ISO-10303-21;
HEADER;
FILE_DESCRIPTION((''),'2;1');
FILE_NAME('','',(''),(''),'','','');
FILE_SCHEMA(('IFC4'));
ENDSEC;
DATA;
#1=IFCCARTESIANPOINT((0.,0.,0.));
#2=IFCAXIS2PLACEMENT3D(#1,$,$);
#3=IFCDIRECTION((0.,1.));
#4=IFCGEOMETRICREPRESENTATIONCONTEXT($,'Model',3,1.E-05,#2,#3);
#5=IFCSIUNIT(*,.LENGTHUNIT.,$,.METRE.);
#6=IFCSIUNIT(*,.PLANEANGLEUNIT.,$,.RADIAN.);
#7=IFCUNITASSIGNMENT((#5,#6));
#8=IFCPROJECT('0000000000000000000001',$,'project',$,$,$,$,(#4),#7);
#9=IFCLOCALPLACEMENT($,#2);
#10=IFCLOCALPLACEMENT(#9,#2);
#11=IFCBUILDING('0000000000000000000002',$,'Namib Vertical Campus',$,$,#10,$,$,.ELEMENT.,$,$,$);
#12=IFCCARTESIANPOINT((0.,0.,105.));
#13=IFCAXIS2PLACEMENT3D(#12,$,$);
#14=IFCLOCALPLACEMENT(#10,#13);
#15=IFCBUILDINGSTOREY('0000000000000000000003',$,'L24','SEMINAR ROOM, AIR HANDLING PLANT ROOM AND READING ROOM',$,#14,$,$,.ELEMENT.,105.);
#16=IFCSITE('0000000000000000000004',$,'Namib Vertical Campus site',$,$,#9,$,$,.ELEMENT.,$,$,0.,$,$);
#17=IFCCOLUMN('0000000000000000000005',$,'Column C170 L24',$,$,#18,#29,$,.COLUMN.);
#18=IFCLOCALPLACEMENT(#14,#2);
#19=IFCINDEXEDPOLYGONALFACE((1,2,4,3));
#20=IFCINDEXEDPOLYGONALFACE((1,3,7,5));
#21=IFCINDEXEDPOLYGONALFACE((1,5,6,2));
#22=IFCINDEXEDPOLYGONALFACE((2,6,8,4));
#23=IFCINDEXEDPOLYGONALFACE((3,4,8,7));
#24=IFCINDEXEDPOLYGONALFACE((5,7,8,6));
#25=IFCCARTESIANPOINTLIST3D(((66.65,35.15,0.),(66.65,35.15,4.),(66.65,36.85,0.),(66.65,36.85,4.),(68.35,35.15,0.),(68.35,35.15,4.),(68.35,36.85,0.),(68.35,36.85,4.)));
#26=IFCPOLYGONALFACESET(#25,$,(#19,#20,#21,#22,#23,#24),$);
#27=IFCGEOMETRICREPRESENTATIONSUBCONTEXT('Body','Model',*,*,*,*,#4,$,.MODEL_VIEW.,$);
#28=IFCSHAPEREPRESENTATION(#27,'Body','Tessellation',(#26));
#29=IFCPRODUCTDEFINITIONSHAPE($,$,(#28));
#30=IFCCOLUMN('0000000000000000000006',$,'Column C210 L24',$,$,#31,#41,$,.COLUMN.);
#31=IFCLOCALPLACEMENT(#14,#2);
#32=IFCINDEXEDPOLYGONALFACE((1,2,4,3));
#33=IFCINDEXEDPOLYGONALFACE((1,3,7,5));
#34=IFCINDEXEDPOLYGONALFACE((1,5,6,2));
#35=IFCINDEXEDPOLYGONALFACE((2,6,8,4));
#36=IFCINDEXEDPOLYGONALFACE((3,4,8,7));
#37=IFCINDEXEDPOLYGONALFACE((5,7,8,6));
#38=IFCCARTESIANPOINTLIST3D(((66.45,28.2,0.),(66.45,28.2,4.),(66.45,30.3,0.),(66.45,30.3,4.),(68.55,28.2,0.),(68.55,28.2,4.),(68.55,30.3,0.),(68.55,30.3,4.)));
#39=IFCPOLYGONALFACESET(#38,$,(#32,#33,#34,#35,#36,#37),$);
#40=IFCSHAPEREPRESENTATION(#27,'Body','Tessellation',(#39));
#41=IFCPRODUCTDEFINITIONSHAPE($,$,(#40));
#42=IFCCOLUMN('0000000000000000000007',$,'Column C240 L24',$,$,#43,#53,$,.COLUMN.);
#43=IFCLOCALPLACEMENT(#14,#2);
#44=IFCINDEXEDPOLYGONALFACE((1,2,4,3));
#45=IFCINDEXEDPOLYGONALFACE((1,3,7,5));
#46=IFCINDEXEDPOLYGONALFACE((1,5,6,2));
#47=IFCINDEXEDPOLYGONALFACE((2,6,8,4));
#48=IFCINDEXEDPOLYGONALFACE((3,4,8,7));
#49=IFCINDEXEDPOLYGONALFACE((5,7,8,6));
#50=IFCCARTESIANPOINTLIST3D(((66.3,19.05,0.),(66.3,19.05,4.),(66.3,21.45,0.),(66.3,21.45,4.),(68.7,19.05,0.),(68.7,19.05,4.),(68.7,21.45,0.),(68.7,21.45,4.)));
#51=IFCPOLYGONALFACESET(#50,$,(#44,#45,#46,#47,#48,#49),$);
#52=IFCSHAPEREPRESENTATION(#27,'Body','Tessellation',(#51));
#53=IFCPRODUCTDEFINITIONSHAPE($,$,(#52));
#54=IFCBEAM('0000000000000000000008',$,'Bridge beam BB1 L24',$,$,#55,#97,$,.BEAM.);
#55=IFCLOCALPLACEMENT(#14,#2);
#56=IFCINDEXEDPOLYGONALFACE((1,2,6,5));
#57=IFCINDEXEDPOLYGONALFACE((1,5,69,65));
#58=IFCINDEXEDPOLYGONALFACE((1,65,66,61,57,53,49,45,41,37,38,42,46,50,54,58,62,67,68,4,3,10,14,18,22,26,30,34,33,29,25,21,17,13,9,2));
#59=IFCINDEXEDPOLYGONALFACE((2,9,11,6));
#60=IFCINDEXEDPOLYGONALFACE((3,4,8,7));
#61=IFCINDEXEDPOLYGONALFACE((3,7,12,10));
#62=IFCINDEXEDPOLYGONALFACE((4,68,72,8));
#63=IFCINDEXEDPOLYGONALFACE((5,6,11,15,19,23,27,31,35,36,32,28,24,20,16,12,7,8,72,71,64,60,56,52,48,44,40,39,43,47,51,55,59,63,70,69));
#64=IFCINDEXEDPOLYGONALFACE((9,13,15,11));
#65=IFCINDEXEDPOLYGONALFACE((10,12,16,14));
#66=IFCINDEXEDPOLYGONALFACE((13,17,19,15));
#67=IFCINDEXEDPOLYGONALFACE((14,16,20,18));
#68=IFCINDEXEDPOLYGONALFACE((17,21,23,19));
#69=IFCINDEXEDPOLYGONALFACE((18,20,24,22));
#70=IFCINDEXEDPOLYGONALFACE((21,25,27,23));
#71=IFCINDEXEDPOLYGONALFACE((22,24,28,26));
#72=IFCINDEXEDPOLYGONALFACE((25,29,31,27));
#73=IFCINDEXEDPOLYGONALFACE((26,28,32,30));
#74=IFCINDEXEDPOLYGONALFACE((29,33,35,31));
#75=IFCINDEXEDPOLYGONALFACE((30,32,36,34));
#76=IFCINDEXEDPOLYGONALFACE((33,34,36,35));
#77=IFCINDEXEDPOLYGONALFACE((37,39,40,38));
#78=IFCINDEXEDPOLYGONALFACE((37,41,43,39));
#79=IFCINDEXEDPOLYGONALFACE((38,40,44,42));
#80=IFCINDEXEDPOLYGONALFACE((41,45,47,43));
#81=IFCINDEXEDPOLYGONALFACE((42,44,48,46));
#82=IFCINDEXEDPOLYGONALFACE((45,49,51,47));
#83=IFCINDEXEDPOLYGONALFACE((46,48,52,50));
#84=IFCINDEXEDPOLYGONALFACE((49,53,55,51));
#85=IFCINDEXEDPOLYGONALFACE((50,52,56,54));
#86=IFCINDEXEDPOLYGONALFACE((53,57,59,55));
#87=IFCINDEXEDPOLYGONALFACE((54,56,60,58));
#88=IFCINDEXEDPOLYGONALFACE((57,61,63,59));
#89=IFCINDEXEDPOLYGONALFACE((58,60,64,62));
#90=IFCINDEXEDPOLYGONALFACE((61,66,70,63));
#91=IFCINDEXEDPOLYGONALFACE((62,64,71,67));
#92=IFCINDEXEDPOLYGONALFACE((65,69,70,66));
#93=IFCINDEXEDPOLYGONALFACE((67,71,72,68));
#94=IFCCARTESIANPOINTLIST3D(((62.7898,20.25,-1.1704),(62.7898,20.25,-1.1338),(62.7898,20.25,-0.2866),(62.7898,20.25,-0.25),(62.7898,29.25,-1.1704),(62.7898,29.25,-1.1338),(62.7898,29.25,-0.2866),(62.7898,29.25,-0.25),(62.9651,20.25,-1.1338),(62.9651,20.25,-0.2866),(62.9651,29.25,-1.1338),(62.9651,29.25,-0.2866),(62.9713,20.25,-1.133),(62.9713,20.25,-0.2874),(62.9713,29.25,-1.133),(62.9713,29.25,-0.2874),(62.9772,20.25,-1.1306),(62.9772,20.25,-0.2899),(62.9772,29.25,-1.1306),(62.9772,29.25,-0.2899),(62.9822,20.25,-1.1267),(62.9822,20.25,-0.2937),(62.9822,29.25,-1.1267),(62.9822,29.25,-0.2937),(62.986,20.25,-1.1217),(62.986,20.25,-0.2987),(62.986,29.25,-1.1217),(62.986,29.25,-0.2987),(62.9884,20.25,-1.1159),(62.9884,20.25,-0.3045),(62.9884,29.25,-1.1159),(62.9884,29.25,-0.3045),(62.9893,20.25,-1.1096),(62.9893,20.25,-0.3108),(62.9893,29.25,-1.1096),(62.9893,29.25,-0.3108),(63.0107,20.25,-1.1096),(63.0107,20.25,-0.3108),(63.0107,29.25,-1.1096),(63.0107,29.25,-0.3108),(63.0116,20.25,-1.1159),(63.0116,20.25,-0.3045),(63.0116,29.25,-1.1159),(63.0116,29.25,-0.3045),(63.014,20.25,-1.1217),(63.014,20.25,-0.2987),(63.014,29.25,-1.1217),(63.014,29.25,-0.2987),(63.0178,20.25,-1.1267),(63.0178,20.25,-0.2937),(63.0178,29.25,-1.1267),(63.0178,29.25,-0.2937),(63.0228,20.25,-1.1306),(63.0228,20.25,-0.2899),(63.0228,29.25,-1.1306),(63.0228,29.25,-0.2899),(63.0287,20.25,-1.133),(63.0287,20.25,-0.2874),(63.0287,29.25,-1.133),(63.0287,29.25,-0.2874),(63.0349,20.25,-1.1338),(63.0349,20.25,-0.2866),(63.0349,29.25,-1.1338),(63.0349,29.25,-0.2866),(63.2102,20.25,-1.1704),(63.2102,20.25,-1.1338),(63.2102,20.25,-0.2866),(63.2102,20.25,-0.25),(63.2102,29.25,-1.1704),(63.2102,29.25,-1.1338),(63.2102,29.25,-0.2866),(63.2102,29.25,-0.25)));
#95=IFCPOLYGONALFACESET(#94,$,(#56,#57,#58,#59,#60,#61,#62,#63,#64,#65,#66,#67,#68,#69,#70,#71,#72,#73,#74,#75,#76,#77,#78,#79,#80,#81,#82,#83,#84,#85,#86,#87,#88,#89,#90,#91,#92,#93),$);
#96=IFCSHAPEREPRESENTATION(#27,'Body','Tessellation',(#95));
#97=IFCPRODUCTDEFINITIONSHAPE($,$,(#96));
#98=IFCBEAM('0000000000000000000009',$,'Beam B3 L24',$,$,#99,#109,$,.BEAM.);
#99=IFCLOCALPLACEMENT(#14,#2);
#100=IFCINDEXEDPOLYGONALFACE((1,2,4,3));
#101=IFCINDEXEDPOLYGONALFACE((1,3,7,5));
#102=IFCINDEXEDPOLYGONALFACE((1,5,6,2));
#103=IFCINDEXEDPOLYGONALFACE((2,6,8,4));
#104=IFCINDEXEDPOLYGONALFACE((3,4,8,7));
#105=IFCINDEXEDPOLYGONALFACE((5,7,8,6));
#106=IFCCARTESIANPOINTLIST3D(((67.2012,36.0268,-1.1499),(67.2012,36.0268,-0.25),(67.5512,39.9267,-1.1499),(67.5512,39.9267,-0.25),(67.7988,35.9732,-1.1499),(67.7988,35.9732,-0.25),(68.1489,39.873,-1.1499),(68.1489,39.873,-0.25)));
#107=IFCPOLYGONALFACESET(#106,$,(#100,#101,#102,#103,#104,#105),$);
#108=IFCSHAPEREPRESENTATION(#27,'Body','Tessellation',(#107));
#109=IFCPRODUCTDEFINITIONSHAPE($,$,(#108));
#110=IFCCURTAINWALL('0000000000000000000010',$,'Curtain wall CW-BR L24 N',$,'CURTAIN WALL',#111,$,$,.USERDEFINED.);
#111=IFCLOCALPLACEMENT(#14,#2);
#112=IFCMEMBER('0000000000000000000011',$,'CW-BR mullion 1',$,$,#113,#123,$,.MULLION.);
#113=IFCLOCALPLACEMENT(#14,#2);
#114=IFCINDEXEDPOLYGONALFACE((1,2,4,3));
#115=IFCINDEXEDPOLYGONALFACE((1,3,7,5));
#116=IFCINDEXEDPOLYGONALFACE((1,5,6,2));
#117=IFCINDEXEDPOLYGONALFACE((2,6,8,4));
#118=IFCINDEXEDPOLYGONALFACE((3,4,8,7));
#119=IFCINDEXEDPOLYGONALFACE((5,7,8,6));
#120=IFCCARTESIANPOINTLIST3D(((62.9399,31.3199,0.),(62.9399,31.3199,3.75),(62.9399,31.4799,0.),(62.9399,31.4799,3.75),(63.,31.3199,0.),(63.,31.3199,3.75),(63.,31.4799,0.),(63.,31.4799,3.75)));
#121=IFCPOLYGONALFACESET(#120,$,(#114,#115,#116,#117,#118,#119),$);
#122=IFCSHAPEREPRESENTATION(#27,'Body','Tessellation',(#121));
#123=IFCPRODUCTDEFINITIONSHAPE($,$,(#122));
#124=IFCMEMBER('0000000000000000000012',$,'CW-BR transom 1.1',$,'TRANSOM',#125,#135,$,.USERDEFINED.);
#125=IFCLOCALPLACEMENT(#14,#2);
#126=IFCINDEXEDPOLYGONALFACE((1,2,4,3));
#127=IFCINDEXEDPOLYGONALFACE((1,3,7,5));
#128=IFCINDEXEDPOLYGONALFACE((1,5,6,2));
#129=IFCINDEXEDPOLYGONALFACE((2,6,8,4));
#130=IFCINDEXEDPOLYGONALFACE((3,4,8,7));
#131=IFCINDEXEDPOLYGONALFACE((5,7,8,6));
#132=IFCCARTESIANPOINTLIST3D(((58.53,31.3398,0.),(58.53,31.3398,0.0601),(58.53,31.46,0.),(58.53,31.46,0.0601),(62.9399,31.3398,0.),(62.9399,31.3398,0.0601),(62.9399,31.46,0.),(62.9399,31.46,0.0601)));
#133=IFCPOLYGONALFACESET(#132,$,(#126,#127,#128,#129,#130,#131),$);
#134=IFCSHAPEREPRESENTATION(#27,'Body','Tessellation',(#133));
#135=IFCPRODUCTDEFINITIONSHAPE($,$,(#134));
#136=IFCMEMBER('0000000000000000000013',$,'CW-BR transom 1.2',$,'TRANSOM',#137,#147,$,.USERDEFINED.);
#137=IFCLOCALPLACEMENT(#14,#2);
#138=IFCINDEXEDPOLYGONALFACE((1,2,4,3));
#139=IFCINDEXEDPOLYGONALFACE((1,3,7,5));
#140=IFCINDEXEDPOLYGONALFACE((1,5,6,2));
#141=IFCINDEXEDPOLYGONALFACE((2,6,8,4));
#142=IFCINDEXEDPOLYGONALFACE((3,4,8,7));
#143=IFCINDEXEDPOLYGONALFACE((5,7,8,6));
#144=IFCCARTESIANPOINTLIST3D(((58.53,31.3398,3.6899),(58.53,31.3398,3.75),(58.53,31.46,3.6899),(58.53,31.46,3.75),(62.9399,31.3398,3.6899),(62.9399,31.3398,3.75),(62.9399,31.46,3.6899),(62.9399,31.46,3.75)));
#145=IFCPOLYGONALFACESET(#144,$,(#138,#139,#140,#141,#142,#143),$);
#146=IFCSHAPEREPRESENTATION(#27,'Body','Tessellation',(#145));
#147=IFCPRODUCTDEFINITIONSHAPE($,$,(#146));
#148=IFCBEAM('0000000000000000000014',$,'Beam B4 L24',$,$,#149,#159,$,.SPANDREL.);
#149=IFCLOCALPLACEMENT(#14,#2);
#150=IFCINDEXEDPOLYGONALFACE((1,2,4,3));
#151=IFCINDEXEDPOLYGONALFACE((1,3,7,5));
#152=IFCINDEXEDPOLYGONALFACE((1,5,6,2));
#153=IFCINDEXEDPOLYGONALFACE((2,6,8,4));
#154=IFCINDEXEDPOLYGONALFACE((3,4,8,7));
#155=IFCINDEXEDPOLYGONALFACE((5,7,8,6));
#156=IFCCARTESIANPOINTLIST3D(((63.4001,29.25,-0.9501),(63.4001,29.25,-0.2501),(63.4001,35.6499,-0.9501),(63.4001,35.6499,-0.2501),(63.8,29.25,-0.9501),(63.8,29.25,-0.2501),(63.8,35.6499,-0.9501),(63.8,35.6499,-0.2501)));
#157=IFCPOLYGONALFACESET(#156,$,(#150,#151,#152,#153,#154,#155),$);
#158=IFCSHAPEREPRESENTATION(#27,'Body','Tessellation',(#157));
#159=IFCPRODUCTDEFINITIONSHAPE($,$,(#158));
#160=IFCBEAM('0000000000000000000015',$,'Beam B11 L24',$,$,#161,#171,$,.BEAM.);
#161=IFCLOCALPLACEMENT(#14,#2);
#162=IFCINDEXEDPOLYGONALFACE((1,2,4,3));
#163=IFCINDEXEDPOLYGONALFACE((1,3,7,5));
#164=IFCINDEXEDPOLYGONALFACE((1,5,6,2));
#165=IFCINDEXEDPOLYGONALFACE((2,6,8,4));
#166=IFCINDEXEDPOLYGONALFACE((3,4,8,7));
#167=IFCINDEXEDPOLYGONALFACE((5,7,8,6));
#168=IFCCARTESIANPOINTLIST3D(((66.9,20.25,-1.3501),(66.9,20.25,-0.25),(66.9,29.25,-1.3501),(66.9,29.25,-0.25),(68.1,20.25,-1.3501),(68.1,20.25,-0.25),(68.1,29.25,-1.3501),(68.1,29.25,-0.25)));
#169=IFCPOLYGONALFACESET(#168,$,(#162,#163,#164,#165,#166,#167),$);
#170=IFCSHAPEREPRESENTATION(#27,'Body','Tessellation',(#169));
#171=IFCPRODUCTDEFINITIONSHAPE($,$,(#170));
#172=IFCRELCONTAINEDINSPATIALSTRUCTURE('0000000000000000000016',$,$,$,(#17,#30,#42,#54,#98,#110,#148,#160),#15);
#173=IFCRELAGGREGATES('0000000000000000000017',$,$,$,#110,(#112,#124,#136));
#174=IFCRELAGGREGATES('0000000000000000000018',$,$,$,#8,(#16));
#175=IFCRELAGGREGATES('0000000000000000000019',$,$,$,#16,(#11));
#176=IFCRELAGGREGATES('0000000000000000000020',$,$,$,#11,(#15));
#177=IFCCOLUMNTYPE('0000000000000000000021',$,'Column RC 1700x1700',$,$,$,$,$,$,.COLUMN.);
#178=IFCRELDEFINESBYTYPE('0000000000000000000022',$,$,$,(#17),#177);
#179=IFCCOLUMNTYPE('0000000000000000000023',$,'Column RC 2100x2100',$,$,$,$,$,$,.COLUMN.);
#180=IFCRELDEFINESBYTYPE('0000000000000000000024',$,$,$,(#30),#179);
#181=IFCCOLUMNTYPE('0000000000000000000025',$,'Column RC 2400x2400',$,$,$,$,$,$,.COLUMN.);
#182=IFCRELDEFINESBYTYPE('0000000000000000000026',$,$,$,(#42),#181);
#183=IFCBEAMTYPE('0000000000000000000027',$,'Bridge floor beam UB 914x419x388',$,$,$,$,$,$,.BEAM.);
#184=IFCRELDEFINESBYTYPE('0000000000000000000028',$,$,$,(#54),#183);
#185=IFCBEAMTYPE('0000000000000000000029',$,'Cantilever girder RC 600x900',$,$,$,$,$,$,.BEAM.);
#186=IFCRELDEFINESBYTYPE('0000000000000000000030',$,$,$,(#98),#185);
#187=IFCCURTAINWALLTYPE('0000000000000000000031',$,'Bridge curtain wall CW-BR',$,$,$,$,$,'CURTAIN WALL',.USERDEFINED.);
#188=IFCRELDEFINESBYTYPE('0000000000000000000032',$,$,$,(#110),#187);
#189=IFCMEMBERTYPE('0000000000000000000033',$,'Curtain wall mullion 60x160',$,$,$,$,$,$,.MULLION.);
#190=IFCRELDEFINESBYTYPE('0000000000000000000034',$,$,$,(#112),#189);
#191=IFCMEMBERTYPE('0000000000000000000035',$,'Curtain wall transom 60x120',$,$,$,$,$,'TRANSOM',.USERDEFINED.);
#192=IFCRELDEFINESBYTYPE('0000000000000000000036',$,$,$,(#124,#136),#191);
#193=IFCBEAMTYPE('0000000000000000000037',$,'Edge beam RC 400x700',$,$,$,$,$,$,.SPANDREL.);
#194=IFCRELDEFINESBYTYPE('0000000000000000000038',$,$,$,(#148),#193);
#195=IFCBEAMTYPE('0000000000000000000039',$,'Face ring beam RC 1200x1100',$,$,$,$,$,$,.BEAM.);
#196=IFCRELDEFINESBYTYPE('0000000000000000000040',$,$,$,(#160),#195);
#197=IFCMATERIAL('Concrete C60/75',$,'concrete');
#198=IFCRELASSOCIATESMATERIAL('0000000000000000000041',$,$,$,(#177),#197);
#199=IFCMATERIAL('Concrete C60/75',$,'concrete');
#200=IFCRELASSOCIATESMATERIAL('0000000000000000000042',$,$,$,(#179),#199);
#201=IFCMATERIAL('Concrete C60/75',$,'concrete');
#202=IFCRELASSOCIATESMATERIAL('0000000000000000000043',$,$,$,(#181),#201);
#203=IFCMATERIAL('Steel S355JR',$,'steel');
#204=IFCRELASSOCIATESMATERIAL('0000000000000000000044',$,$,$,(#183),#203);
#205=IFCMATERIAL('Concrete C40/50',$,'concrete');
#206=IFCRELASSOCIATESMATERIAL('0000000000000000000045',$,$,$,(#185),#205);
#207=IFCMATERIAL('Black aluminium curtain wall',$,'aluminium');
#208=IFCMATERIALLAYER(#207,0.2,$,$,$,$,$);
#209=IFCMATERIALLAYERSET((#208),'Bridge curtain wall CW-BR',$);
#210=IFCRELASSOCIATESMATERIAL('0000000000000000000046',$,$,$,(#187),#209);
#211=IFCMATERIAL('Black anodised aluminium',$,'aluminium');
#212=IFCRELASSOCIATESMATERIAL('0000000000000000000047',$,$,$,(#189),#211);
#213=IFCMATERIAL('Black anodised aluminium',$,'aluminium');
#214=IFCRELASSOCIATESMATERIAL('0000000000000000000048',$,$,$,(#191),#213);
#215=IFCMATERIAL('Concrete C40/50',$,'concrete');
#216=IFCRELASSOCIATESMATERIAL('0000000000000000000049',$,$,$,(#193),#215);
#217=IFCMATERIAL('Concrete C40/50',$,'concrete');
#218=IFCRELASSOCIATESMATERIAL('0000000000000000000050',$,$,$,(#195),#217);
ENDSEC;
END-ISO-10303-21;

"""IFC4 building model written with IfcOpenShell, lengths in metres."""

from ifc_helpers import new_model, si_unit, direction, frame, origin, origin_2d, place, context, subcontext, project, spatial, rectangle, i_section, extrude, material, layer, layer_set, material_profile, profile_set, type_object, element, aggregate, save


model = new_model("IFC4")

# Units and contexts
model_context = context("Model", 3, precision=1e-05, world=origin(), true_north=direction((0.0, 1.0)))
body_context = subcontext(model_context, "Body", "Model", "MODEL_VIEW")
ifc_project = project(units=[si_unit("LENGTHUNIT", "METRE"), si_unit("PLANEANGLEUNIT", "RADIAN")], contexts=[model_context])

# Site, building, storey
site_placement = place(None, origin())
site = spatial("IfcSite", under=ifc_project, at=site_placement, Name="Namib Vertical Campus site", CompositionType="ELEMENT", RefElevation=0.0)
building_placement = place(site_placement, origin())
building = spatial("IfcBuilding", under=site, at=building_placement, Name="Namib Vertical Campus", CompositionType="ELEMENT")
storey_placement = place(building_placement, frame((0.0, 0.0, 105.0)))
storey = spatial("IfcBuildingStorey", under=building, at=storey_placement, Name="L24", Description="SEMINAR ROOM, AIR HANDLING PLANT ROOM AND READING ROOM", CompositionType="ELEMENT", Elevation=105.0)

# Columns
ifc_material_1 = material(Name="Concrete C60/75", Category="concrete")
ifc_material_profile_1 = material_profile(ifc_material_1, rectangle(XDim=1.7, YDim=1.7, at=origin_2d()))
ifc_profile_set_1 = profile_set([ifc_material_profile_1], Name="Concrete C60/75")
column_type_1 = type_object("IfcColumnType", Name="Column RC 1700x1700", PredefinedType="COLUMN", material=ifc_profile_set_1)
column_1_placement = place(storey_placement, frame((67.5, 36.0, 0.0), z_axis=(0.0, 0.0, 1.0), x_axis=(1.0, 0.0, 0.0)))
element("IfcColumn", 1, at=column_1_placement, inside=storey, type_object=column_type_1, Name="Column C170 L24", PredefinedType="COLUMN", context=body_context, shape_type="SweptSolid", body=[
    extrude(rectangle(XDim=1.7, YDim=1.7, at=origin_2d()), origin(), (0.0, 0.0, 1.0), 4.0),
])
ifc_material_2 = material(Name="Concrete C60/75", Category="concrete")
ifc_material_profile_2 = material_profile(ifc_material_2, rectangle(XDim=2.1001, YDim=2.1001, at=origin_2d()))
ifc_profile_set_2 = profile_set([ifc_material_profile_2], Name="Concrete C60/75")
column_type_2 = type_object("IfcColumnType", Name="Column RC 2100x2100", PredefinedType="COLUMN", material=ifc_profile_set_2)
column_2_placement = place(storey_placement, frame((67.5, 29.25, 0.0), z_axis=(0.0, 0.0, 1.0), x_axis=(1.0, 0.0, 0.0)))
element("IfcColumn", 2, at=column_2_placement, inside=storey, type_object=column_type_2, Name="Column C210 L24", PredefinedType="COLUMN", context=body_context, shape_type="SweptSolid", body=[
    extrude(rectangle(XDim=2.1001, YDim=2.1001, at=origin_2d()), origin(), (0.0, 0.0, 1.0), 4.0),
])
ifc_material_3 = material(Name="Concrete C60/75", Category="concrete")
ifc_material_profile_3 = material_profile(ifc_material_3, rectangle(XDim=2.3999, YDim=2.3999, at=origin_2d()))
ifc_profile_set_3 = profile_set([ifc_material_profile_3], Name="Concrete C60/75")
column_type_3 = type_object("IfcColumnType", Name="Column RC 2400x2400", PredefinedType="COLUMN", material=ifc_profile_set_3)
column_3_placement = place(storey_placement, frame((67.5, 20.25, 0.0), z_axis=(0.0, 0.0, 1.0), x_axis=(1.0, 0.0, 0.0)))
element("IfcColumn", 3, at=column_3_placement, inside=storey, type_object=column_type_3, Name="Column C240 L24", PredefinedType="COLUMN", context=body_context, shape_type="SweptSolid", body=[
    extrude(rectangle(XDim=2.3999, YDim=2.3999, at=origin_2d()), origin(), (0.0, 0.0, 1.0), 4.0),
])

# Beams
ifc_material_4 = material(Name="Steel S355JR", Category="steel")
ifc_material_profile_4 = material_profile(ifc_material_4, i_section(OverallWidth=0.4204, OverallDepth=0.9204, WebThickness=0.0215, FlangeThickness=0.0366, FilletRadius=0.0242, at=origin_2d()))
ifc_profile_set_4 = profile_set([ifc_material_profile_4], Name="Steel S355JR")
beam_type_1 = type_object("IfcBeamType", Name="Bridge floor beam UB 914x419x388", PredefinedType="BEAM", material=ifc_profile_set_4)
beam_1_placement = place(storey_placement, frame((63.0, 20.25, -0.7102), z_axis=(0.0, 1.0, 0.0), x_axis=(-1.0, 0.0, 0.0)))
element("IfcBeam", 4, at=beam_1_placement, inside=storey, type_object=beam_type_1, Name="Bridge beam BB1 L24", PredefinedType="BEAM", context=body_context, shape_type="SweptSolid", body=[
    extrude(i_section(OverallWidth=0.4204, OverallDepth=0.9204, WebThickness=0.0215, FlangeThickness=0.0366, FilletRadius=0.0242, at=origin_2d()), origin(), (0.0, 0.0, 1.0), 9.0),
])
ifc_material_5 = material(Name="Concrete C40/50", Category="concrete")
ifc_material_profile_5 = material_profile(ifc_material_5, rectangle(XDim=0.6001, YDim=0.8999, at=origin_2d()))
ifc_profile_set_5 = profile_set([ifc_material_profile_5], Name="Concrete C40/50")
beam_type_2 = type_object("IfcBeamType", Name="Cantilever girder RC 600x900", PredefinedType="BEAM", material=ifc_profile_set_5)
beam_2_placement = place(storey_placement, frame((67.5, 36.0, -0.7), z_axis=(0.089411, 0.995995, 0.0), x_axis=(-0.995995, 0.089411, 0.0)))
element("IfcBeam", 5, at=beam_2_placement, inside=storey, type_object=beam_type_2, Name="Beam B3 L24", PredefinedType="BEAM", context=body_context, shape_type="SweptSolid", body=[
    extrude(rectangle(XDim=0.6001, YDim=0.8999, at=origin_2d()), origin(), (0.0, 0.0, 1.0), 3.9155),
])

# Curtain wall, members
ifc_material_6 = material(Name="Black aluminium curtain wall", Category="aluminium")
ifc_layer_1 = layer(ifc_material_6, 0.2)
ifc_layer_set_1 = layer_set([ifc_layer_1], Name="Bridge curtain wall CW-BR")
curtain_wall_type = type_object("IfcCurtainWallType", Name="Bridge curtain wall CW-BR", ElementType="CURTAIN WALL", PredefinedType="USERDEFINED", material=ifc_layer_set_1)
curtain_wall_placement = place(storey_placement, origin())
curtain_wall = element("IfcCurtainWall", 6, at=curtain_wall_placement, inside=storey, type_object=curtain_wall_type, Name="Curtain wall CW-BR L24 N", ObjectType="CURTAIN WALL", PredefinedType="USERDEFINED")
ifc_material_7 = material(Name="Black anodised aluminium", Category="aluminium")
ifc_material_profile_6 = material_profile(ifc_material_7, rectangle(XDim=0.0601, YDim=0.1599, at=origin_2d()))
ifc_profile_set_6 = profile_set([ifc_material_profile_6], Name="Black anodised aluminium")
member_type_1 = type_object("IfcMemberType", Name="Curtain wall mullion 60x160", PredefinedType="MULLION", material=ifc_profile_set_6)
member_1_placement = place(storey_placement, frame((62.97, 31.3999, 0.0), z_axis=(0.0, 0.0, 1.0), x_axis=(-1.0, 0.0, 0.0)))
member_1 = element("IfcMember", 7, at=member_1_placement, type_object=member_type_1, Name="CW-BR mullion 1", PredefinedType="MULLION", context=body_context, shape_type="SweptSolid", body=[
    extrude(rectangle(XDim=0.0601, YDim=0.1599, at=origin_2d()), origin(), (0.0, 0.0, 1.0), 3.75),
])
ifc_material_8 = material(Name="Black anodised aluminium", Category="aluminium")
ifc_material_profile_7 = material_profile(ifc_material_8, rectangle(XDim=0.0601, YDim=0.1201, at=origin_2d()))
ifc_profile_set_7 = profile_set([ifc_material_profile_7], Name="Black anodised aluminium")
member_type_2 = type_object("IfcMemberType", Name="Curtain wall transom 60x120", ElementType="TRANSOM", PredefinedType="USERDEFINED", material=ifc_profile_set_7)
member_2_placement = place(storey_placement, frame((62.9399, 31.3999, 0.03), z_axis=(-1.0, 0.0, 0.0), x_axis=(0.0, 0.0, 1.0)))
member_2 = element("IfcMember", 8, at=member_2_placement, type_object=member_type_2, Name="CW-BR transom 1.1", ObjectType="TRANSOM", PredefinedType="USERDEFINED", context=body_context, shape_type="SweptSolid", body=[
    extrude(rectangle(XDim=0.0601, YDim=0.1201, at=origin_2d()), origin(), (0.0, 0.0, 1.0), 4.4099),
])
member_3_placement = place(storey_placement, frame((62.9399, 31.3999, 3.72), z_axis=(-1.0, 0.0, 0.0), x_axis=(0.0, 0.0, 1.0)))
member_3 = element("IfcMember", 9, at=member_3_placement, type_object=member_type_2, Name="CW-BR transom 1.2", ObjectType="TRANSOM", PredefinedType="USERDEFINED", context=body_context, shape_type="SweptSolid", body=[
    extrude(rectangle(XDim=0.0601, YDim=0.1201, at=origin_2d()), origin(), (0.0, 0.0, 1.0), 4.4099),
])
aggregate(curtain_wall, [member_1, member_2, member_3])

# Beams
ifc_material_9 = material(Name="Concrete C40/50", Category="concrete")
ifc_material_profile_8 = material_profile(ifc_material_9, rectangle(XDim=0.3999, YDim=0.7, at=origin_2d()))
ifc_profile_set_8 = profile_set([ifc_material_profile_8], Name="Concrete C40/50")
beam_type_3 = type_object("IfcBeamType", Name="Edge beam RC 400x700", PredefinedType="SPANDREL", material=ifc_profile_set_8)
beam_3_placement = place(storey_placement, frame((63.6001, 29.25, -0.6001), z_axis=(0.0, 1.0, 0.0), x_axis=(-1.0, 0.0, 0.0)))
element("IfcBeam", 10, at=beam_3_placement, inside=storey, type_object=beam_type_3, Name="Beam B4 L24", PredefinedType="SPANDREL", context=body_context, shape_type="SweptSolid", body=[
    extrude(rectangle(XDim=0.3999, YDim=0.7, at=origin_2d()), origin(), (0.0, 0.0, 1.0), 6.3999),
])
ifc_material_10 = material(Name="Concrete C40/50", Category="concrete")
ifc_material_profile_9 = material_profile(ifc_material_10, rectangle(XDim=1.2, YDim=1.1001, at=origin_2d()))
ifc_profile_set_9 = profile_set([ifc_material_profile_9], Name="Concrete C40/50")
beam_type_4 = type_object("IfcBeamType", Name="Face ring beam RC 1200x1100", PredefinedType="BEAM", material=ifc_profile_set_9)
beam_4_placement = place(storey_placement, frame((67.5, 20.25, -0.8), z_axis=(0.0, 1.0, 0.0), x_axis=(-1.0, 0.0, 0.0)))
element("IfcBeam", 11, at=beam_4_placement, inside=storey, type_object=beam_type_4, Name="Beam B11 L24", PredefinedType="BEAM", context=body_context, shape_type="SweptSolid", body=[
    extrude(rectangle(XDim=1.2, YDim=1.1001, at=origin_2d()), origin(), (0.0, 0.0, 1.0), 9.0),
])

save(model, "model.ifc")
